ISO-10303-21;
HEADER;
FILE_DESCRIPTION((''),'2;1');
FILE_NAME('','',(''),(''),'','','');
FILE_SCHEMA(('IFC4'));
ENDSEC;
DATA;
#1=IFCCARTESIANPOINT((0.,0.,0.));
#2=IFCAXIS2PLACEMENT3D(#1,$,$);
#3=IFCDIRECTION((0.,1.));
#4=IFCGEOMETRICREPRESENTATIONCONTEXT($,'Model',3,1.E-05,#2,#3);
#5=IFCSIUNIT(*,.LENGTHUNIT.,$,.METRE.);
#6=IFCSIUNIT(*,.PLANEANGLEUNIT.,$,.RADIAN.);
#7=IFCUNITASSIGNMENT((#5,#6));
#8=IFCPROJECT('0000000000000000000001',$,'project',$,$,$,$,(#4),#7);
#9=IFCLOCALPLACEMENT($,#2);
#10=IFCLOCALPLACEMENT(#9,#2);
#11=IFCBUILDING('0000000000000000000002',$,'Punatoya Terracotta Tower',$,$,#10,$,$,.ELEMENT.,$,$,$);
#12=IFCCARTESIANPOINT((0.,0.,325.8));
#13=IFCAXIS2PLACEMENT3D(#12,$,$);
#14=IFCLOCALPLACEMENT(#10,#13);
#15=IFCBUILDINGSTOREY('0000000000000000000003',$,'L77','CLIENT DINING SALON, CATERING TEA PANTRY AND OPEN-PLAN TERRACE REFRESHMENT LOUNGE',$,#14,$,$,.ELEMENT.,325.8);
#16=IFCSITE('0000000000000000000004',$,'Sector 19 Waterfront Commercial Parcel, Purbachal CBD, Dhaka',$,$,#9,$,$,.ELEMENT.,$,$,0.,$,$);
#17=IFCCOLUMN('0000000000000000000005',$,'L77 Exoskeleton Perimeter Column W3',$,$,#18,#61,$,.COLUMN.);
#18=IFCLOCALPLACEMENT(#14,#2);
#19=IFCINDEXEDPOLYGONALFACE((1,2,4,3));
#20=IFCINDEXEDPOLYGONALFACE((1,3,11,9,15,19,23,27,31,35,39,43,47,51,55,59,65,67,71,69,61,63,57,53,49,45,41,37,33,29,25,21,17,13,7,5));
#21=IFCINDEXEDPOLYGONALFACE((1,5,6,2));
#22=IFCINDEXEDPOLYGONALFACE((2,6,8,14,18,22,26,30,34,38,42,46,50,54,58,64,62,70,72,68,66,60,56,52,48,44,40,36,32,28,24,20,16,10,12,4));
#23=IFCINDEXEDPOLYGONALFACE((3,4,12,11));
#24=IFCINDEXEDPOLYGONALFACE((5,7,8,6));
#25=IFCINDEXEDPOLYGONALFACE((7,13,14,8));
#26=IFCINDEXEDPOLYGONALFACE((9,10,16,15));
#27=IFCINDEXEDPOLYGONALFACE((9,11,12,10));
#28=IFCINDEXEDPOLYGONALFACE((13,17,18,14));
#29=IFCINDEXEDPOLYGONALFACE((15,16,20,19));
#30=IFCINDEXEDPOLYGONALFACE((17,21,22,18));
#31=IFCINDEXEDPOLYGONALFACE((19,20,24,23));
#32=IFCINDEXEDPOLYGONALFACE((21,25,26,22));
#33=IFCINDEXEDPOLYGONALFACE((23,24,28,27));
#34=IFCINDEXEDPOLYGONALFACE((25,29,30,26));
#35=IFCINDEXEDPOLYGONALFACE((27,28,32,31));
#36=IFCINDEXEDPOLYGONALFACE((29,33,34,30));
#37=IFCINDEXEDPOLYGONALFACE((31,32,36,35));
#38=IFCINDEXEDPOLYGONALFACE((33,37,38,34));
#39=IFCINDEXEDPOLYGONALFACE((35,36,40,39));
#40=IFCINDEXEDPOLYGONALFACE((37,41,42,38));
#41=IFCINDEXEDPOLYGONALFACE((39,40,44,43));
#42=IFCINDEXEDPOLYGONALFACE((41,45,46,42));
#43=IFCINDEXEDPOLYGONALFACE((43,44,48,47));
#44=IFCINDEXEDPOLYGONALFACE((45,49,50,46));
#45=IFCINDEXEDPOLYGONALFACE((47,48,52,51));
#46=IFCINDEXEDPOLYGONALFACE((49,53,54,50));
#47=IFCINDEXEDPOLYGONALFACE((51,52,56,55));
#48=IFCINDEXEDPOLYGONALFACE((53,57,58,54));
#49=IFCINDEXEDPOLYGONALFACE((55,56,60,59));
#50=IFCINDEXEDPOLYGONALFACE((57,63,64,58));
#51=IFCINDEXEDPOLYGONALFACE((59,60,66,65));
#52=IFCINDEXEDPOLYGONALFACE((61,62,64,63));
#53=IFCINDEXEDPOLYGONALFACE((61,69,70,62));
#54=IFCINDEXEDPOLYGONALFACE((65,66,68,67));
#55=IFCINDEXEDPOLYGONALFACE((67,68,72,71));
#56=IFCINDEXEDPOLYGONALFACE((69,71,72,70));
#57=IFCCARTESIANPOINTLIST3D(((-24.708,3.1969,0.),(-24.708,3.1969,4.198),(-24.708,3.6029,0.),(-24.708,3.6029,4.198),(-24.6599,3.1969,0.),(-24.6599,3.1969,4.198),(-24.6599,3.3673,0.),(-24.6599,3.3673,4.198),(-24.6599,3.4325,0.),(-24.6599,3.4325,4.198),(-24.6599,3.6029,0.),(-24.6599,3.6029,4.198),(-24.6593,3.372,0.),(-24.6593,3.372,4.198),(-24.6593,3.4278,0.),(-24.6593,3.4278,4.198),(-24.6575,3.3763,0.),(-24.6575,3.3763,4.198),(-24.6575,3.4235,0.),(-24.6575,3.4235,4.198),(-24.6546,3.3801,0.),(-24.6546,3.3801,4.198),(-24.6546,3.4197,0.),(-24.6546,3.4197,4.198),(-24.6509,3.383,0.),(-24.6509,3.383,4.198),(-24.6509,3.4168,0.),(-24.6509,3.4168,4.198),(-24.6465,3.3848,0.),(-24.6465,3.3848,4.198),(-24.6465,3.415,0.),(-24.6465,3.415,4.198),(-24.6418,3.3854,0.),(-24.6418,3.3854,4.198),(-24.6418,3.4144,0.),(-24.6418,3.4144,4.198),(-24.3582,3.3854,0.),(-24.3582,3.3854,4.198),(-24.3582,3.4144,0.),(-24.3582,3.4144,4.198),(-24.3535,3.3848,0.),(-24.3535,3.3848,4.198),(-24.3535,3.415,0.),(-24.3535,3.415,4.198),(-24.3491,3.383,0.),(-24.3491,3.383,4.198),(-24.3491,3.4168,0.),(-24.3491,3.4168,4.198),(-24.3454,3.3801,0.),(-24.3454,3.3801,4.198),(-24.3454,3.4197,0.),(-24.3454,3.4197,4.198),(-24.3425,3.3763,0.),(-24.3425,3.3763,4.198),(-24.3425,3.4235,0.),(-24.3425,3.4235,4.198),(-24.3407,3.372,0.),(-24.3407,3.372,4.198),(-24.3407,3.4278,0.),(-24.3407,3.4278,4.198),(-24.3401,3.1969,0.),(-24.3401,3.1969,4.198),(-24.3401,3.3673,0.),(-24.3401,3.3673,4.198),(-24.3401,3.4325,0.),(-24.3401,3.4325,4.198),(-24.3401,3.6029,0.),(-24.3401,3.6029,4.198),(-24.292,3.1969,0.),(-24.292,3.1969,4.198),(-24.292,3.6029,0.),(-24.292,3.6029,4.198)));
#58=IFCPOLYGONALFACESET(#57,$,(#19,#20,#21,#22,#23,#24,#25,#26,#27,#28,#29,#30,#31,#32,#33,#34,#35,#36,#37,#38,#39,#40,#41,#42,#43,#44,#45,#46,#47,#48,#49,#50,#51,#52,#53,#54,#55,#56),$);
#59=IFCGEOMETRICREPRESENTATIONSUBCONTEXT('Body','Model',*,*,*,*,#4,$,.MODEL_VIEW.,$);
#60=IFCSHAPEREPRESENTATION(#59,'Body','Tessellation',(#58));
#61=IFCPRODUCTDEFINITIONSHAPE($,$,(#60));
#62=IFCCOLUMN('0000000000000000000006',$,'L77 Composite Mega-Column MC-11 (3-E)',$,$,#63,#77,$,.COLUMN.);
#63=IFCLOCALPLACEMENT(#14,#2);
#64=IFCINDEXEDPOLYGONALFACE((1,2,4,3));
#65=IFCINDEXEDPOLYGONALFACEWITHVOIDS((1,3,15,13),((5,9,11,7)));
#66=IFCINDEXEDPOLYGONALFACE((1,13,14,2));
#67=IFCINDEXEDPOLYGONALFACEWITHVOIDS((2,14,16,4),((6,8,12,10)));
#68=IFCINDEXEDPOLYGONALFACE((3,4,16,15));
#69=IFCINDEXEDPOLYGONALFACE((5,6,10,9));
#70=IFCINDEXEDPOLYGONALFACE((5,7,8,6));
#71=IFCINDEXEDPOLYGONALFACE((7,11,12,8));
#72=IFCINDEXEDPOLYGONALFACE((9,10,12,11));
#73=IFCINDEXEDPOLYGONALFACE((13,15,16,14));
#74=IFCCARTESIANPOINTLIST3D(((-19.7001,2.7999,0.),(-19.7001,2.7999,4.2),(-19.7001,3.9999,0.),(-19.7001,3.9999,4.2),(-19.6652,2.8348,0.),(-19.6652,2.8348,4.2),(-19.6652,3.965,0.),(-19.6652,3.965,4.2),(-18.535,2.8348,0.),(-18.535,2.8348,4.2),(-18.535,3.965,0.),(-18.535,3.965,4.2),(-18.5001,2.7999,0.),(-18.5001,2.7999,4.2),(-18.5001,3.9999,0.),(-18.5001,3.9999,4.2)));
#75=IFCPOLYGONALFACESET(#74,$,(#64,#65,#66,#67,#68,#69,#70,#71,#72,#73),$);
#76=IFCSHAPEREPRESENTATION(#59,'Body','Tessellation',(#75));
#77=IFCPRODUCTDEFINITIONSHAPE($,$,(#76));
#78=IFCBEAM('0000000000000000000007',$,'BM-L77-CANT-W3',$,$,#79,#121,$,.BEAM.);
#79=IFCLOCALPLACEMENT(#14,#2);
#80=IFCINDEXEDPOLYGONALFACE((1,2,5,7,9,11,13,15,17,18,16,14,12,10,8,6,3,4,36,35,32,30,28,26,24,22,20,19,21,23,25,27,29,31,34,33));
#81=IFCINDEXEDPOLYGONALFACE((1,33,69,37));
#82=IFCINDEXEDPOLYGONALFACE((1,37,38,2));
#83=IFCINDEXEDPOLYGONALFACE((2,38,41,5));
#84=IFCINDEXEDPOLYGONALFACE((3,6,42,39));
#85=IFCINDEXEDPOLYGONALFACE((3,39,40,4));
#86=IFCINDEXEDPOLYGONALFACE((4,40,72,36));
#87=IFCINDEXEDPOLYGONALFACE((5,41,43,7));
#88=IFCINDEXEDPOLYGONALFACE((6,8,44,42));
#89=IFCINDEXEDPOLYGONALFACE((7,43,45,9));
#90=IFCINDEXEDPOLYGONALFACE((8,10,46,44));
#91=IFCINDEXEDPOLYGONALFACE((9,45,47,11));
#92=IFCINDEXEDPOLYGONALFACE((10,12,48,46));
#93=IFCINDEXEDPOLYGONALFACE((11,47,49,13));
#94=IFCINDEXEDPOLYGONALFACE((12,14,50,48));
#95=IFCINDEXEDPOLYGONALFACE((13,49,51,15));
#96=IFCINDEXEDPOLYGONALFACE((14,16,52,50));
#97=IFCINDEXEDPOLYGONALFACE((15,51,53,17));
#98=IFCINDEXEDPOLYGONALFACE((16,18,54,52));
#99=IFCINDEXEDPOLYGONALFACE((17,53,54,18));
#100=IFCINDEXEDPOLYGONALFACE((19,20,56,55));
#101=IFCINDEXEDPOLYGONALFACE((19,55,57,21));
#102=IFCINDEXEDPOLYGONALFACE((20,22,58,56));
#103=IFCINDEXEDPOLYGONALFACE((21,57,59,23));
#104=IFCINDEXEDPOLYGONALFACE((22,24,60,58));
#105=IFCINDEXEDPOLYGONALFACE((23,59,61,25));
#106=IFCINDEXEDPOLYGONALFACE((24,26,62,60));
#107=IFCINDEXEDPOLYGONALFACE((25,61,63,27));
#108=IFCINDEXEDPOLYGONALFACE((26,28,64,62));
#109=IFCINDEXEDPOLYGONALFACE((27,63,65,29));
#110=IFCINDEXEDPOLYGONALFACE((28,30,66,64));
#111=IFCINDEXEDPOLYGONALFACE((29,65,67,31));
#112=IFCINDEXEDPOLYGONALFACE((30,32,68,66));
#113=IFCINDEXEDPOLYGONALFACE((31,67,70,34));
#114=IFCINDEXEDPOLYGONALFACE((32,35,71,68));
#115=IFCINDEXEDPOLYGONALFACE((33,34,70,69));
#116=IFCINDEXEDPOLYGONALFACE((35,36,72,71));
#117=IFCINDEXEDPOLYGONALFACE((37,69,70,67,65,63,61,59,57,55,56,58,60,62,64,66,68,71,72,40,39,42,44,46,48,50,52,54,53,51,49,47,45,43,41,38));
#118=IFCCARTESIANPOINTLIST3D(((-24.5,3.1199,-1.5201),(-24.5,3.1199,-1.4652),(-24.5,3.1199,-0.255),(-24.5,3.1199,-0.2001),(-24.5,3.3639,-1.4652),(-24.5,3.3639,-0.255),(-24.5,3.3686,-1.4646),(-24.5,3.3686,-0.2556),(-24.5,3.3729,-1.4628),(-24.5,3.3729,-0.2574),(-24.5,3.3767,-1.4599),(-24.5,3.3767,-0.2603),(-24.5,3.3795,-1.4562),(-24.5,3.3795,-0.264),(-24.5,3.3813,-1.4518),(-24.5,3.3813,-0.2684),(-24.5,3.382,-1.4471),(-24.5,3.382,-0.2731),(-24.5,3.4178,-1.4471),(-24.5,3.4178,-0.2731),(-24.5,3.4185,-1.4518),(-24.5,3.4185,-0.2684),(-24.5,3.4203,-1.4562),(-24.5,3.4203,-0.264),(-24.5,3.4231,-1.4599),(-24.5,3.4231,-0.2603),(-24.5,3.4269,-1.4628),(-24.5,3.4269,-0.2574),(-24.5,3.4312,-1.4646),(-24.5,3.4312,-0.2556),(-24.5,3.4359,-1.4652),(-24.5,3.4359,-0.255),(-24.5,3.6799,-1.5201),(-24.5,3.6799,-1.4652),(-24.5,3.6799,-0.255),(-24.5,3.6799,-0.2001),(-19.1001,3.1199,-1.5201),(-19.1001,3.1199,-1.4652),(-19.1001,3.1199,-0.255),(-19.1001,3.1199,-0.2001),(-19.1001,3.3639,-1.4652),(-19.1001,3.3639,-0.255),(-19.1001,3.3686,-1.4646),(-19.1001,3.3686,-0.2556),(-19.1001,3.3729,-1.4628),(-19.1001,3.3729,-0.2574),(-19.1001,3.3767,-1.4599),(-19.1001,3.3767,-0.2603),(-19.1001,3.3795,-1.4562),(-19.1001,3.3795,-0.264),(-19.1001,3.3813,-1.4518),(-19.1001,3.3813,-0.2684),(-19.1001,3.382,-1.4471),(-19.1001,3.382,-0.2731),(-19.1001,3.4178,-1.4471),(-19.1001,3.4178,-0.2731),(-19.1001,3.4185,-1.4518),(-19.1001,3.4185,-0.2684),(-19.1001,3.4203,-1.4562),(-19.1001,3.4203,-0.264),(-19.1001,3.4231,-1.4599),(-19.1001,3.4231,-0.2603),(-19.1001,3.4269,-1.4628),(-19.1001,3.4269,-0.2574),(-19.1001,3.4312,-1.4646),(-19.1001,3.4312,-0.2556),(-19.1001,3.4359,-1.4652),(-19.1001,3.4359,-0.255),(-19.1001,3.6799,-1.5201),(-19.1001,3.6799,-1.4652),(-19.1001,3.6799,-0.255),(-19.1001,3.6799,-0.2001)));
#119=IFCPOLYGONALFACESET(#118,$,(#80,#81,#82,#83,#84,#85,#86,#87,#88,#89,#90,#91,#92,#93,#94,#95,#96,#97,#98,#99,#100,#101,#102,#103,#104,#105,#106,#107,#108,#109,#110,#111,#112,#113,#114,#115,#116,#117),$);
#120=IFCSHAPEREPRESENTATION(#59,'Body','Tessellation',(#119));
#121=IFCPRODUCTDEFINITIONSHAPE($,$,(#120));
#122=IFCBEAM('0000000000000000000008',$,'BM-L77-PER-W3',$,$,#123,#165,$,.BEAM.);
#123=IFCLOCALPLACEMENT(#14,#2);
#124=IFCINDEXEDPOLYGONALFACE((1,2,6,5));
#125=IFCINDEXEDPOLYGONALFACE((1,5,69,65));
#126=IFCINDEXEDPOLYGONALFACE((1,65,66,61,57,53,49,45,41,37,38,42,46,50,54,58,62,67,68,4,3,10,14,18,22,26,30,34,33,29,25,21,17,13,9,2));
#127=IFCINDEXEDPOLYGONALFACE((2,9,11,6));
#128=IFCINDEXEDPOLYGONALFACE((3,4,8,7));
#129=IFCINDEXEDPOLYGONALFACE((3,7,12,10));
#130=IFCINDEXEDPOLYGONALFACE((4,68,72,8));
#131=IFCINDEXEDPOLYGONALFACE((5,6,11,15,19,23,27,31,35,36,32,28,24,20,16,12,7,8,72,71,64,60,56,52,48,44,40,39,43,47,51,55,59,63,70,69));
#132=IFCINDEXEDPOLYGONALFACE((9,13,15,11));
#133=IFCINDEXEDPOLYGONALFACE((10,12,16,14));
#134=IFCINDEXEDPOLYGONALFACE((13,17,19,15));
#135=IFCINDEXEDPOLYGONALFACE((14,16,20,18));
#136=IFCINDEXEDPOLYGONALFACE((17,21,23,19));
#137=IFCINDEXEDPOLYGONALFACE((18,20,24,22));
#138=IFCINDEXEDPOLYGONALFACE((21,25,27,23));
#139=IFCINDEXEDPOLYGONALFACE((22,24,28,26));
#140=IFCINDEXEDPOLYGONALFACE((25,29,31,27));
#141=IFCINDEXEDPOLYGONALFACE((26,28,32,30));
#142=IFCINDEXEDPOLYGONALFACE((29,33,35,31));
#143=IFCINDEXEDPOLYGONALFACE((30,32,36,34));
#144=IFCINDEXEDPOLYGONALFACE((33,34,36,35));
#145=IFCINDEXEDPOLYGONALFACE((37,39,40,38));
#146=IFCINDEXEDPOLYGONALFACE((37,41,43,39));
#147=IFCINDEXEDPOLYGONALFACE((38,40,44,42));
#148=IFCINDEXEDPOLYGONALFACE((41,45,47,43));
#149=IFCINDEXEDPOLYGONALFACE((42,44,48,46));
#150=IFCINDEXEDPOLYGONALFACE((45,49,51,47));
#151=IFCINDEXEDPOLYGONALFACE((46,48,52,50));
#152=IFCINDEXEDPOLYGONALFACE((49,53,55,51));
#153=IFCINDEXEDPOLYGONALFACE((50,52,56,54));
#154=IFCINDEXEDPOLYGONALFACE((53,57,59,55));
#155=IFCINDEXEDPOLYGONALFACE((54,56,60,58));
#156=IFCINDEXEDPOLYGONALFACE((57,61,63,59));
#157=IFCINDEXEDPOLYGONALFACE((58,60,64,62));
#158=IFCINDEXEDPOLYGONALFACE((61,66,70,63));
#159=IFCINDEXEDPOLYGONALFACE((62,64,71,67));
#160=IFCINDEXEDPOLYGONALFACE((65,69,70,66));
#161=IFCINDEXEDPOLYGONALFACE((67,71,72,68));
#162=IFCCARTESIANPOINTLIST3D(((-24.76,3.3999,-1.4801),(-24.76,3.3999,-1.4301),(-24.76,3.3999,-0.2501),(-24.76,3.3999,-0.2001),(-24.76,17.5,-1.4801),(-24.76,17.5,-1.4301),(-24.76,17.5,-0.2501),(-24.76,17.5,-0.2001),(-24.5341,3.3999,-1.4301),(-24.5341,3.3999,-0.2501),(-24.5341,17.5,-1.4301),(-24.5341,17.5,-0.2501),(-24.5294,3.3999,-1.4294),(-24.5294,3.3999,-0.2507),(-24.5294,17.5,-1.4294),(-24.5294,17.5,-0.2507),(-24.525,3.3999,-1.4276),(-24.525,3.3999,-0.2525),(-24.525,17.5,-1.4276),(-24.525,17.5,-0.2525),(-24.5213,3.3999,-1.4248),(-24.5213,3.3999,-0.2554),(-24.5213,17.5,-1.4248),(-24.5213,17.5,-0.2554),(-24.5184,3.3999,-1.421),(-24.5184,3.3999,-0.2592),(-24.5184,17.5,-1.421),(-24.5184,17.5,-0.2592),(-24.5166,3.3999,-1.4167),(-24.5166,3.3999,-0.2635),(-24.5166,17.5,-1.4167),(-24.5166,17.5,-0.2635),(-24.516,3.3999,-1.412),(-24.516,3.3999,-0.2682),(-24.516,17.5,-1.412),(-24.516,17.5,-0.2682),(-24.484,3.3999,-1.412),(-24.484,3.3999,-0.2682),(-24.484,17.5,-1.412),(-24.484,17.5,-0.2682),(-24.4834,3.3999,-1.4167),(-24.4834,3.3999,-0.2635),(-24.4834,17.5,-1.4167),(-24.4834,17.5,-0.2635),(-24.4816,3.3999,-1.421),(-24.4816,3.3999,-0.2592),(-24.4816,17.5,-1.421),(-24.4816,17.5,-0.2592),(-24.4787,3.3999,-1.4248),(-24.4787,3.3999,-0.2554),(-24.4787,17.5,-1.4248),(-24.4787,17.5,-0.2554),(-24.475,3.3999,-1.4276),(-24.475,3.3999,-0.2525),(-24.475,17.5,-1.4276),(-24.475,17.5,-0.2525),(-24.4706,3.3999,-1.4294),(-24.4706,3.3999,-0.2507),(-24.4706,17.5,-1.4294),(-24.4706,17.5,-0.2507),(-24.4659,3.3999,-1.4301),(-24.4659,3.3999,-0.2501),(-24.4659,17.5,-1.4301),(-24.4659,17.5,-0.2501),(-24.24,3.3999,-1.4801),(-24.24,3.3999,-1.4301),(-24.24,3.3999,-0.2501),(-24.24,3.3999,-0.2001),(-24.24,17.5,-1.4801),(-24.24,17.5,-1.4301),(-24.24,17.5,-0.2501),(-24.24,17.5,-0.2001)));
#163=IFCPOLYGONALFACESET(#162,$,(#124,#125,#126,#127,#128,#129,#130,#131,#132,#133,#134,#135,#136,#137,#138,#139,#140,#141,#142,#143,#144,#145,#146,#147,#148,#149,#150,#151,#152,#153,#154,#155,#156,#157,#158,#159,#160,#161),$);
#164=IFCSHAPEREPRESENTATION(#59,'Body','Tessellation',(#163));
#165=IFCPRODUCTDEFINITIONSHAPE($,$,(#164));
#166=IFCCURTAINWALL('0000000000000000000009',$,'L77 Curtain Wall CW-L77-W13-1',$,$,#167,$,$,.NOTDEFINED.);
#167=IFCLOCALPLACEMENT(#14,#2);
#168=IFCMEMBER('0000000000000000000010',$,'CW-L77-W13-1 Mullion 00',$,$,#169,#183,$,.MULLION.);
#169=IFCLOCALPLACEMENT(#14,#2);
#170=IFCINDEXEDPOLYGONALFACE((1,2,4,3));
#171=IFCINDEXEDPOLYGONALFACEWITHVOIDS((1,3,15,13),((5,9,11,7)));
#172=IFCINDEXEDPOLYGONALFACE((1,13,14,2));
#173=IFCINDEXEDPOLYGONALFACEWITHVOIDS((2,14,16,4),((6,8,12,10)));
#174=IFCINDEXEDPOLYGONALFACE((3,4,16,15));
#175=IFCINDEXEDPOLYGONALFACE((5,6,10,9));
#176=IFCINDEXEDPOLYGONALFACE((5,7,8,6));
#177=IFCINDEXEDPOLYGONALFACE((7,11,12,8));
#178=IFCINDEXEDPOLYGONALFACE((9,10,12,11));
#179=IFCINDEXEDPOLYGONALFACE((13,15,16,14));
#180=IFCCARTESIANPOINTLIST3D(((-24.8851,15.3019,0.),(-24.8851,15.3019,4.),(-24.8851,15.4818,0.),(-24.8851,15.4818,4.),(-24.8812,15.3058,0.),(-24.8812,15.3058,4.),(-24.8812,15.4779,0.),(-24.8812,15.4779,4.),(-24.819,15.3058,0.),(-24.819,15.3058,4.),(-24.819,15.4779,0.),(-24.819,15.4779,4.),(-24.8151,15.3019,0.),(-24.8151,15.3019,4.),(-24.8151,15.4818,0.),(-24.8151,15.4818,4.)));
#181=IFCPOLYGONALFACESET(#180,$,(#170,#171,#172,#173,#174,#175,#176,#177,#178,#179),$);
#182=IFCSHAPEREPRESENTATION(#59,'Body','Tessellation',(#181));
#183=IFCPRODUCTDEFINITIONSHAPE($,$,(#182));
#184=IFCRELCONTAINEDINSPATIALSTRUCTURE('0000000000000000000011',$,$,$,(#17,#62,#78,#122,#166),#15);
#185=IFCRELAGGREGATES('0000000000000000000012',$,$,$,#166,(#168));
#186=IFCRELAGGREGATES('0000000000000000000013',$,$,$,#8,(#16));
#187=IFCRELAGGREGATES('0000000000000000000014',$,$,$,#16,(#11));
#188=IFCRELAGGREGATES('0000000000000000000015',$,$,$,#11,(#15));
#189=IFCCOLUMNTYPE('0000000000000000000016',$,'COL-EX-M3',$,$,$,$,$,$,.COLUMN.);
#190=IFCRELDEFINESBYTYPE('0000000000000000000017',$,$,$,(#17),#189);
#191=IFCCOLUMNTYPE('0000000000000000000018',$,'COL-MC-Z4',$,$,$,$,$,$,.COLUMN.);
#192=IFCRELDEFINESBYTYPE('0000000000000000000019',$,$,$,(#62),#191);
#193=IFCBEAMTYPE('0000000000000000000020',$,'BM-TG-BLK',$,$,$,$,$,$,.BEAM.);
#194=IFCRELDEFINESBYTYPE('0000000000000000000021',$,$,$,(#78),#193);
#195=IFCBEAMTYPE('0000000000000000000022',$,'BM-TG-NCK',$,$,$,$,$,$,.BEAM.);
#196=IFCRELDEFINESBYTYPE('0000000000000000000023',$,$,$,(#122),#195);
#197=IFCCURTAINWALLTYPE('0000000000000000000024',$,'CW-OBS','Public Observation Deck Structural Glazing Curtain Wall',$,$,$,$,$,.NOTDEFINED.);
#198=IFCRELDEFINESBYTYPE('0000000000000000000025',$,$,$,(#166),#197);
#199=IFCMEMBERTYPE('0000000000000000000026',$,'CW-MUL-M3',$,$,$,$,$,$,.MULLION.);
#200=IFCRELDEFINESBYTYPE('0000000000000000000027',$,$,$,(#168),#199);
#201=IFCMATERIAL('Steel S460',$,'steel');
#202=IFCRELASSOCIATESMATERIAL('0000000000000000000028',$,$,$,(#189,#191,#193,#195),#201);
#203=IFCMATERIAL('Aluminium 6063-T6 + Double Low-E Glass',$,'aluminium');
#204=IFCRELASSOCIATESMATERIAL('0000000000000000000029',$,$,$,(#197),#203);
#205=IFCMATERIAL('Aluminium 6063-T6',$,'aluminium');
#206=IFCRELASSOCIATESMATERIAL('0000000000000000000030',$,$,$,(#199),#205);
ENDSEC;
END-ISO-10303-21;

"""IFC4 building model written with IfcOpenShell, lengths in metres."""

from ifc_helpers import new_model, si_unit, direction, frame, origin, origin_2d, place, context, subcontext, project, spatial, hollow_rectangle, i_section, extrude, material, material_profile, profile_set, type_object, element, aggregate, save


model = new_model("IFC4")

# Units and contexts
model_context = context("Model", 3, precision=1e-05, world=origin(), true_north=direction((0.0, 1.0)))
body_context = subcontext(model_context, "Body", "Model", "MODEL_VIEW")
ifc_project = project(units=[si_unit("LENGTHUNIT", "METRE"), si_unit("PLANEANGLEUNIT", "RADIAN")], contexts=[model_context])

# Site, building, storey
site_placement = place(None, origin())
site = spatial("IfcSite", under=ifc_project, at=site_placement, Name="Sector 19 Waterfront Commercial Parcel, Purbachal CBD, Dhaka", CompositionType="ELEMENT", RefElevation=0.0)
building_placement = place(site_placement, origin())
building = spatial("IfcBuilding", under=site, at=building_placement, Name="Punatoya Terracotta Tower", CompositionType="ELEMENT")
storey_placement = place(building_placement, frame((0.0, 0.0, 325.8)))
storey = spatial("IfcBuildingStorey", under=building, at=storey_placement, Name="L77", Description="CLIENT DINING SALON, CATERING TEA PANTRY AND OPEN-PLAN TERRACE REFRESHMENT LOUNGE", CompositionType="ELEMENT", Elevation=325.8)

# Columns
ifc_material_1 = material(Name="Steel S460", Category="steel")
ifc_material_profile_1 = material_profile(ifc_material_1, i_section(OverallWidth=0.406, OverallDepth=0.416, WebThickness=0.0291, FlangeThickness=0.0481, FilletRadius=0.0181, at=origin_2d()))
ifc_profile_set_1 = profile_set([ifc_material_profile_1], Name="Steel S460")
column_type_1 = type_object("IfcColumnType", Name="COL-EX-M3", PredefinedType="COLUMN", material=ifc_profile_set_1)
column_1_placement = place(storey_placement, frame((-24.5, 3.3999, 0.0), z_axis=(0.0, 0.0, 1.0), x_axis=(0.0, 1.0, 0.0)))
element("IfcColumn", 1, at=column_1_placement, inside=storey, type_object=column_type_1, Name="L77 Exoskeleton Perimeter Column W3", PredefinedType="COLUMN", context=body_context, shape_type="SweptSolid", body=[
    extrude(i_section(OverallWidth=0.406, OverallDepth=0.416, WebThickness=0.0291, FlangeThickness=0.0481, FilletRadius=0.0181, at=origin_2d()), origin(), (0.0, 0.0, 1.0), 4.198),
])
ifc_material_profile_2 = material_profile(ifc_material_1, hollow_rectangle(XDim=1.2, YDim=1.2, WallThickness=0.0349, at=origin_2d()))
ifc_profile_set_2 = profile_set([ifc_material_profile_2], Name="Steel S460")
column_type_2 = type_object("IfcColumnType", Name="COL-MC-Z4", PredefinedType="COLUMN", material=ifc_profile_set_2)
column_2_placement = place(storey_placement, frame((-19.1001, 3.3999, 0.0), z_axis=(0.0, 0.0, 1.0), x_axis=(1.0, 0.0, 0.0)))
element("IfcColumn", 2, at=column_2_placement, inside=storey, type_object=column_type_2, Name="L77 Composite Mega-Column MC-11 (3-E)", PredefinedType="COLUMN", context=body_context, shape_type="SweptSolid", body=[
    extrude(hollow_rectangle(XDim=1.2, YDim=1.2, WallThickness=0.0349, at=origin_2d()), origin(), (0.0, 0.0, 1.0), 4.2),
])

# Beams
ifc_material_profile_3 = material_profile(ifc_material_1, i_section(OverallWidth=0.5601, OverallDepth=1.3201, WebThickness=0.0359, FlangeThickness=0.0549, FilletRadius=0.0181, at=origin_2d()))
ifc_profile_set_3 = profile_set([ifc_material_profile_3], Name="Steel S460")
beam_type_1 = type_object("IfcBeamType", Name="BM-TG-BLK", PredefinedType="BEAM", material=ifc_profile_set_3)
beam_1_placement = place(storey_placement, frame((-24.5, 3.3999, -0.8601), z_axis=(1.0, 0.0, 0.0), x_axis=(0.0, 1.0, 0.0)))
element("IfcBeam", 3, at=beam_1_placement, inside=storey, type_object=beam_type_1, Name="BM-L77-CANT-W3", PredefinedType="BEAM", context=body_context, shape_type="SweptSolid", body=[
    extrude(i_section(OverallWidth=0.5601, OverallDepth=1.3201, WebThickness=0.0359, FlangeThickness=0.0549, FilletRadius=0.0181, at=origin_2d()), origin(), (0.0, 0.0, 1.0), 5.3999),
])
ifc_material_profile_4 = material_profile(ifc_material_1, i_section(OverallWidth=0.52, OverallDepth=1.28, WebThickness=0.032, FlangeThickness=0.05, FilletRadius=0.0181, at=origin_2d()))
ifc_profile_set_4 = profile_set([ifc_material_profile_4], Name="Steel S460")
beam_type_2 = type_object("IfcBeamType", Name="BM-TG-NCK", PredefinedType="BEAM", material=ifc_profile_set_4)
beam_2_placement = place(storey_placement, frame((-24.5, 3.3999, -0.8401), z_axis=(0.0, 1.0, 0.0), x_axis=(-1.0, 0.0, 0.0)))
element("IfcBeam", 4, at=beam_2_placement, inside=storey, type_object=beam_type_2, Name="BM-L77-PER-W3", PredefinedType="BEAM", context=body_context, shape_type="SweptSolid", body=[
    extrude(i_section(OverallWidth=0.52, OverallDepth=1.28, WebThickness=0.032, FlangeThickness=0.05, FilletRadius=0.0181, at=origin_2d()), origin(), (0.0, 0.0, 1.0), 14.1001),
])

# Curtain wall, member
ifc_material_2 = material(Name="Aluminium 6063-T6 + Double Low-E Glass", Category="aluminium")
curtain_wall_type = type_object("IfcCurtainWallType", Name="CW-OBS", Description="Public Observation Deck Structural Glazing Curtain Wall", PredefinedType="NOTDEFINED", material=ifc_material_2)
curtain_wall_placement = place(storey_placement, origin())
curtain_wall = element("IfcCurtainWall", 5, at=curtain_wall_placement, inside=storey, type_object=curtain_wall_type, Name="L77 Curtain Wall CW-L77-W13-1", PredefinedType="NOTDEFINED")
ifc_material_3 = material(Name="Aluminium 6063-T6", Category="aluminium")
ifc_material_profile_5 = material_profile(ifc_material_3, hollow_rectangle(XDim=0.0701, YDim=0.1799, WallThickness=0.0039, at=origin_2d()))
ifc_profile_set_5 = profile_set([ifc_material_profile_5], Name="Aluminium 6063-T6")
member_type_1 = type_object("IfcMemberType", Name="CW-MUL-M3", PredefinedType="MULLION", material=ifc_profile_set_5)
member_1_placement = place(storey_placement, frame((-24.8501, 15.3918, 0.0), z_axis=(0.0, 0.0, 1.0), x_axis=(1.0, 0.0, 0.0)))
member_1 = element("IfcMember", 6, at=member_1_placement, type_object=member_type_1, Name="CW-L77-W13-1 Mullion 00", PredefinedType="MULLION", context=body_context, shape_type="SweptSolid", body=[
    extrude(hollow_rectangle(XDim=0.0701, YDim=0.1799, WallThickness=0.0039, at=origin_2d()), origin(), (0.0, 0.0, 1.0), 4.0),
])
aggregate(curtain_wall, [member_1])

save(model, "model.ifc")
